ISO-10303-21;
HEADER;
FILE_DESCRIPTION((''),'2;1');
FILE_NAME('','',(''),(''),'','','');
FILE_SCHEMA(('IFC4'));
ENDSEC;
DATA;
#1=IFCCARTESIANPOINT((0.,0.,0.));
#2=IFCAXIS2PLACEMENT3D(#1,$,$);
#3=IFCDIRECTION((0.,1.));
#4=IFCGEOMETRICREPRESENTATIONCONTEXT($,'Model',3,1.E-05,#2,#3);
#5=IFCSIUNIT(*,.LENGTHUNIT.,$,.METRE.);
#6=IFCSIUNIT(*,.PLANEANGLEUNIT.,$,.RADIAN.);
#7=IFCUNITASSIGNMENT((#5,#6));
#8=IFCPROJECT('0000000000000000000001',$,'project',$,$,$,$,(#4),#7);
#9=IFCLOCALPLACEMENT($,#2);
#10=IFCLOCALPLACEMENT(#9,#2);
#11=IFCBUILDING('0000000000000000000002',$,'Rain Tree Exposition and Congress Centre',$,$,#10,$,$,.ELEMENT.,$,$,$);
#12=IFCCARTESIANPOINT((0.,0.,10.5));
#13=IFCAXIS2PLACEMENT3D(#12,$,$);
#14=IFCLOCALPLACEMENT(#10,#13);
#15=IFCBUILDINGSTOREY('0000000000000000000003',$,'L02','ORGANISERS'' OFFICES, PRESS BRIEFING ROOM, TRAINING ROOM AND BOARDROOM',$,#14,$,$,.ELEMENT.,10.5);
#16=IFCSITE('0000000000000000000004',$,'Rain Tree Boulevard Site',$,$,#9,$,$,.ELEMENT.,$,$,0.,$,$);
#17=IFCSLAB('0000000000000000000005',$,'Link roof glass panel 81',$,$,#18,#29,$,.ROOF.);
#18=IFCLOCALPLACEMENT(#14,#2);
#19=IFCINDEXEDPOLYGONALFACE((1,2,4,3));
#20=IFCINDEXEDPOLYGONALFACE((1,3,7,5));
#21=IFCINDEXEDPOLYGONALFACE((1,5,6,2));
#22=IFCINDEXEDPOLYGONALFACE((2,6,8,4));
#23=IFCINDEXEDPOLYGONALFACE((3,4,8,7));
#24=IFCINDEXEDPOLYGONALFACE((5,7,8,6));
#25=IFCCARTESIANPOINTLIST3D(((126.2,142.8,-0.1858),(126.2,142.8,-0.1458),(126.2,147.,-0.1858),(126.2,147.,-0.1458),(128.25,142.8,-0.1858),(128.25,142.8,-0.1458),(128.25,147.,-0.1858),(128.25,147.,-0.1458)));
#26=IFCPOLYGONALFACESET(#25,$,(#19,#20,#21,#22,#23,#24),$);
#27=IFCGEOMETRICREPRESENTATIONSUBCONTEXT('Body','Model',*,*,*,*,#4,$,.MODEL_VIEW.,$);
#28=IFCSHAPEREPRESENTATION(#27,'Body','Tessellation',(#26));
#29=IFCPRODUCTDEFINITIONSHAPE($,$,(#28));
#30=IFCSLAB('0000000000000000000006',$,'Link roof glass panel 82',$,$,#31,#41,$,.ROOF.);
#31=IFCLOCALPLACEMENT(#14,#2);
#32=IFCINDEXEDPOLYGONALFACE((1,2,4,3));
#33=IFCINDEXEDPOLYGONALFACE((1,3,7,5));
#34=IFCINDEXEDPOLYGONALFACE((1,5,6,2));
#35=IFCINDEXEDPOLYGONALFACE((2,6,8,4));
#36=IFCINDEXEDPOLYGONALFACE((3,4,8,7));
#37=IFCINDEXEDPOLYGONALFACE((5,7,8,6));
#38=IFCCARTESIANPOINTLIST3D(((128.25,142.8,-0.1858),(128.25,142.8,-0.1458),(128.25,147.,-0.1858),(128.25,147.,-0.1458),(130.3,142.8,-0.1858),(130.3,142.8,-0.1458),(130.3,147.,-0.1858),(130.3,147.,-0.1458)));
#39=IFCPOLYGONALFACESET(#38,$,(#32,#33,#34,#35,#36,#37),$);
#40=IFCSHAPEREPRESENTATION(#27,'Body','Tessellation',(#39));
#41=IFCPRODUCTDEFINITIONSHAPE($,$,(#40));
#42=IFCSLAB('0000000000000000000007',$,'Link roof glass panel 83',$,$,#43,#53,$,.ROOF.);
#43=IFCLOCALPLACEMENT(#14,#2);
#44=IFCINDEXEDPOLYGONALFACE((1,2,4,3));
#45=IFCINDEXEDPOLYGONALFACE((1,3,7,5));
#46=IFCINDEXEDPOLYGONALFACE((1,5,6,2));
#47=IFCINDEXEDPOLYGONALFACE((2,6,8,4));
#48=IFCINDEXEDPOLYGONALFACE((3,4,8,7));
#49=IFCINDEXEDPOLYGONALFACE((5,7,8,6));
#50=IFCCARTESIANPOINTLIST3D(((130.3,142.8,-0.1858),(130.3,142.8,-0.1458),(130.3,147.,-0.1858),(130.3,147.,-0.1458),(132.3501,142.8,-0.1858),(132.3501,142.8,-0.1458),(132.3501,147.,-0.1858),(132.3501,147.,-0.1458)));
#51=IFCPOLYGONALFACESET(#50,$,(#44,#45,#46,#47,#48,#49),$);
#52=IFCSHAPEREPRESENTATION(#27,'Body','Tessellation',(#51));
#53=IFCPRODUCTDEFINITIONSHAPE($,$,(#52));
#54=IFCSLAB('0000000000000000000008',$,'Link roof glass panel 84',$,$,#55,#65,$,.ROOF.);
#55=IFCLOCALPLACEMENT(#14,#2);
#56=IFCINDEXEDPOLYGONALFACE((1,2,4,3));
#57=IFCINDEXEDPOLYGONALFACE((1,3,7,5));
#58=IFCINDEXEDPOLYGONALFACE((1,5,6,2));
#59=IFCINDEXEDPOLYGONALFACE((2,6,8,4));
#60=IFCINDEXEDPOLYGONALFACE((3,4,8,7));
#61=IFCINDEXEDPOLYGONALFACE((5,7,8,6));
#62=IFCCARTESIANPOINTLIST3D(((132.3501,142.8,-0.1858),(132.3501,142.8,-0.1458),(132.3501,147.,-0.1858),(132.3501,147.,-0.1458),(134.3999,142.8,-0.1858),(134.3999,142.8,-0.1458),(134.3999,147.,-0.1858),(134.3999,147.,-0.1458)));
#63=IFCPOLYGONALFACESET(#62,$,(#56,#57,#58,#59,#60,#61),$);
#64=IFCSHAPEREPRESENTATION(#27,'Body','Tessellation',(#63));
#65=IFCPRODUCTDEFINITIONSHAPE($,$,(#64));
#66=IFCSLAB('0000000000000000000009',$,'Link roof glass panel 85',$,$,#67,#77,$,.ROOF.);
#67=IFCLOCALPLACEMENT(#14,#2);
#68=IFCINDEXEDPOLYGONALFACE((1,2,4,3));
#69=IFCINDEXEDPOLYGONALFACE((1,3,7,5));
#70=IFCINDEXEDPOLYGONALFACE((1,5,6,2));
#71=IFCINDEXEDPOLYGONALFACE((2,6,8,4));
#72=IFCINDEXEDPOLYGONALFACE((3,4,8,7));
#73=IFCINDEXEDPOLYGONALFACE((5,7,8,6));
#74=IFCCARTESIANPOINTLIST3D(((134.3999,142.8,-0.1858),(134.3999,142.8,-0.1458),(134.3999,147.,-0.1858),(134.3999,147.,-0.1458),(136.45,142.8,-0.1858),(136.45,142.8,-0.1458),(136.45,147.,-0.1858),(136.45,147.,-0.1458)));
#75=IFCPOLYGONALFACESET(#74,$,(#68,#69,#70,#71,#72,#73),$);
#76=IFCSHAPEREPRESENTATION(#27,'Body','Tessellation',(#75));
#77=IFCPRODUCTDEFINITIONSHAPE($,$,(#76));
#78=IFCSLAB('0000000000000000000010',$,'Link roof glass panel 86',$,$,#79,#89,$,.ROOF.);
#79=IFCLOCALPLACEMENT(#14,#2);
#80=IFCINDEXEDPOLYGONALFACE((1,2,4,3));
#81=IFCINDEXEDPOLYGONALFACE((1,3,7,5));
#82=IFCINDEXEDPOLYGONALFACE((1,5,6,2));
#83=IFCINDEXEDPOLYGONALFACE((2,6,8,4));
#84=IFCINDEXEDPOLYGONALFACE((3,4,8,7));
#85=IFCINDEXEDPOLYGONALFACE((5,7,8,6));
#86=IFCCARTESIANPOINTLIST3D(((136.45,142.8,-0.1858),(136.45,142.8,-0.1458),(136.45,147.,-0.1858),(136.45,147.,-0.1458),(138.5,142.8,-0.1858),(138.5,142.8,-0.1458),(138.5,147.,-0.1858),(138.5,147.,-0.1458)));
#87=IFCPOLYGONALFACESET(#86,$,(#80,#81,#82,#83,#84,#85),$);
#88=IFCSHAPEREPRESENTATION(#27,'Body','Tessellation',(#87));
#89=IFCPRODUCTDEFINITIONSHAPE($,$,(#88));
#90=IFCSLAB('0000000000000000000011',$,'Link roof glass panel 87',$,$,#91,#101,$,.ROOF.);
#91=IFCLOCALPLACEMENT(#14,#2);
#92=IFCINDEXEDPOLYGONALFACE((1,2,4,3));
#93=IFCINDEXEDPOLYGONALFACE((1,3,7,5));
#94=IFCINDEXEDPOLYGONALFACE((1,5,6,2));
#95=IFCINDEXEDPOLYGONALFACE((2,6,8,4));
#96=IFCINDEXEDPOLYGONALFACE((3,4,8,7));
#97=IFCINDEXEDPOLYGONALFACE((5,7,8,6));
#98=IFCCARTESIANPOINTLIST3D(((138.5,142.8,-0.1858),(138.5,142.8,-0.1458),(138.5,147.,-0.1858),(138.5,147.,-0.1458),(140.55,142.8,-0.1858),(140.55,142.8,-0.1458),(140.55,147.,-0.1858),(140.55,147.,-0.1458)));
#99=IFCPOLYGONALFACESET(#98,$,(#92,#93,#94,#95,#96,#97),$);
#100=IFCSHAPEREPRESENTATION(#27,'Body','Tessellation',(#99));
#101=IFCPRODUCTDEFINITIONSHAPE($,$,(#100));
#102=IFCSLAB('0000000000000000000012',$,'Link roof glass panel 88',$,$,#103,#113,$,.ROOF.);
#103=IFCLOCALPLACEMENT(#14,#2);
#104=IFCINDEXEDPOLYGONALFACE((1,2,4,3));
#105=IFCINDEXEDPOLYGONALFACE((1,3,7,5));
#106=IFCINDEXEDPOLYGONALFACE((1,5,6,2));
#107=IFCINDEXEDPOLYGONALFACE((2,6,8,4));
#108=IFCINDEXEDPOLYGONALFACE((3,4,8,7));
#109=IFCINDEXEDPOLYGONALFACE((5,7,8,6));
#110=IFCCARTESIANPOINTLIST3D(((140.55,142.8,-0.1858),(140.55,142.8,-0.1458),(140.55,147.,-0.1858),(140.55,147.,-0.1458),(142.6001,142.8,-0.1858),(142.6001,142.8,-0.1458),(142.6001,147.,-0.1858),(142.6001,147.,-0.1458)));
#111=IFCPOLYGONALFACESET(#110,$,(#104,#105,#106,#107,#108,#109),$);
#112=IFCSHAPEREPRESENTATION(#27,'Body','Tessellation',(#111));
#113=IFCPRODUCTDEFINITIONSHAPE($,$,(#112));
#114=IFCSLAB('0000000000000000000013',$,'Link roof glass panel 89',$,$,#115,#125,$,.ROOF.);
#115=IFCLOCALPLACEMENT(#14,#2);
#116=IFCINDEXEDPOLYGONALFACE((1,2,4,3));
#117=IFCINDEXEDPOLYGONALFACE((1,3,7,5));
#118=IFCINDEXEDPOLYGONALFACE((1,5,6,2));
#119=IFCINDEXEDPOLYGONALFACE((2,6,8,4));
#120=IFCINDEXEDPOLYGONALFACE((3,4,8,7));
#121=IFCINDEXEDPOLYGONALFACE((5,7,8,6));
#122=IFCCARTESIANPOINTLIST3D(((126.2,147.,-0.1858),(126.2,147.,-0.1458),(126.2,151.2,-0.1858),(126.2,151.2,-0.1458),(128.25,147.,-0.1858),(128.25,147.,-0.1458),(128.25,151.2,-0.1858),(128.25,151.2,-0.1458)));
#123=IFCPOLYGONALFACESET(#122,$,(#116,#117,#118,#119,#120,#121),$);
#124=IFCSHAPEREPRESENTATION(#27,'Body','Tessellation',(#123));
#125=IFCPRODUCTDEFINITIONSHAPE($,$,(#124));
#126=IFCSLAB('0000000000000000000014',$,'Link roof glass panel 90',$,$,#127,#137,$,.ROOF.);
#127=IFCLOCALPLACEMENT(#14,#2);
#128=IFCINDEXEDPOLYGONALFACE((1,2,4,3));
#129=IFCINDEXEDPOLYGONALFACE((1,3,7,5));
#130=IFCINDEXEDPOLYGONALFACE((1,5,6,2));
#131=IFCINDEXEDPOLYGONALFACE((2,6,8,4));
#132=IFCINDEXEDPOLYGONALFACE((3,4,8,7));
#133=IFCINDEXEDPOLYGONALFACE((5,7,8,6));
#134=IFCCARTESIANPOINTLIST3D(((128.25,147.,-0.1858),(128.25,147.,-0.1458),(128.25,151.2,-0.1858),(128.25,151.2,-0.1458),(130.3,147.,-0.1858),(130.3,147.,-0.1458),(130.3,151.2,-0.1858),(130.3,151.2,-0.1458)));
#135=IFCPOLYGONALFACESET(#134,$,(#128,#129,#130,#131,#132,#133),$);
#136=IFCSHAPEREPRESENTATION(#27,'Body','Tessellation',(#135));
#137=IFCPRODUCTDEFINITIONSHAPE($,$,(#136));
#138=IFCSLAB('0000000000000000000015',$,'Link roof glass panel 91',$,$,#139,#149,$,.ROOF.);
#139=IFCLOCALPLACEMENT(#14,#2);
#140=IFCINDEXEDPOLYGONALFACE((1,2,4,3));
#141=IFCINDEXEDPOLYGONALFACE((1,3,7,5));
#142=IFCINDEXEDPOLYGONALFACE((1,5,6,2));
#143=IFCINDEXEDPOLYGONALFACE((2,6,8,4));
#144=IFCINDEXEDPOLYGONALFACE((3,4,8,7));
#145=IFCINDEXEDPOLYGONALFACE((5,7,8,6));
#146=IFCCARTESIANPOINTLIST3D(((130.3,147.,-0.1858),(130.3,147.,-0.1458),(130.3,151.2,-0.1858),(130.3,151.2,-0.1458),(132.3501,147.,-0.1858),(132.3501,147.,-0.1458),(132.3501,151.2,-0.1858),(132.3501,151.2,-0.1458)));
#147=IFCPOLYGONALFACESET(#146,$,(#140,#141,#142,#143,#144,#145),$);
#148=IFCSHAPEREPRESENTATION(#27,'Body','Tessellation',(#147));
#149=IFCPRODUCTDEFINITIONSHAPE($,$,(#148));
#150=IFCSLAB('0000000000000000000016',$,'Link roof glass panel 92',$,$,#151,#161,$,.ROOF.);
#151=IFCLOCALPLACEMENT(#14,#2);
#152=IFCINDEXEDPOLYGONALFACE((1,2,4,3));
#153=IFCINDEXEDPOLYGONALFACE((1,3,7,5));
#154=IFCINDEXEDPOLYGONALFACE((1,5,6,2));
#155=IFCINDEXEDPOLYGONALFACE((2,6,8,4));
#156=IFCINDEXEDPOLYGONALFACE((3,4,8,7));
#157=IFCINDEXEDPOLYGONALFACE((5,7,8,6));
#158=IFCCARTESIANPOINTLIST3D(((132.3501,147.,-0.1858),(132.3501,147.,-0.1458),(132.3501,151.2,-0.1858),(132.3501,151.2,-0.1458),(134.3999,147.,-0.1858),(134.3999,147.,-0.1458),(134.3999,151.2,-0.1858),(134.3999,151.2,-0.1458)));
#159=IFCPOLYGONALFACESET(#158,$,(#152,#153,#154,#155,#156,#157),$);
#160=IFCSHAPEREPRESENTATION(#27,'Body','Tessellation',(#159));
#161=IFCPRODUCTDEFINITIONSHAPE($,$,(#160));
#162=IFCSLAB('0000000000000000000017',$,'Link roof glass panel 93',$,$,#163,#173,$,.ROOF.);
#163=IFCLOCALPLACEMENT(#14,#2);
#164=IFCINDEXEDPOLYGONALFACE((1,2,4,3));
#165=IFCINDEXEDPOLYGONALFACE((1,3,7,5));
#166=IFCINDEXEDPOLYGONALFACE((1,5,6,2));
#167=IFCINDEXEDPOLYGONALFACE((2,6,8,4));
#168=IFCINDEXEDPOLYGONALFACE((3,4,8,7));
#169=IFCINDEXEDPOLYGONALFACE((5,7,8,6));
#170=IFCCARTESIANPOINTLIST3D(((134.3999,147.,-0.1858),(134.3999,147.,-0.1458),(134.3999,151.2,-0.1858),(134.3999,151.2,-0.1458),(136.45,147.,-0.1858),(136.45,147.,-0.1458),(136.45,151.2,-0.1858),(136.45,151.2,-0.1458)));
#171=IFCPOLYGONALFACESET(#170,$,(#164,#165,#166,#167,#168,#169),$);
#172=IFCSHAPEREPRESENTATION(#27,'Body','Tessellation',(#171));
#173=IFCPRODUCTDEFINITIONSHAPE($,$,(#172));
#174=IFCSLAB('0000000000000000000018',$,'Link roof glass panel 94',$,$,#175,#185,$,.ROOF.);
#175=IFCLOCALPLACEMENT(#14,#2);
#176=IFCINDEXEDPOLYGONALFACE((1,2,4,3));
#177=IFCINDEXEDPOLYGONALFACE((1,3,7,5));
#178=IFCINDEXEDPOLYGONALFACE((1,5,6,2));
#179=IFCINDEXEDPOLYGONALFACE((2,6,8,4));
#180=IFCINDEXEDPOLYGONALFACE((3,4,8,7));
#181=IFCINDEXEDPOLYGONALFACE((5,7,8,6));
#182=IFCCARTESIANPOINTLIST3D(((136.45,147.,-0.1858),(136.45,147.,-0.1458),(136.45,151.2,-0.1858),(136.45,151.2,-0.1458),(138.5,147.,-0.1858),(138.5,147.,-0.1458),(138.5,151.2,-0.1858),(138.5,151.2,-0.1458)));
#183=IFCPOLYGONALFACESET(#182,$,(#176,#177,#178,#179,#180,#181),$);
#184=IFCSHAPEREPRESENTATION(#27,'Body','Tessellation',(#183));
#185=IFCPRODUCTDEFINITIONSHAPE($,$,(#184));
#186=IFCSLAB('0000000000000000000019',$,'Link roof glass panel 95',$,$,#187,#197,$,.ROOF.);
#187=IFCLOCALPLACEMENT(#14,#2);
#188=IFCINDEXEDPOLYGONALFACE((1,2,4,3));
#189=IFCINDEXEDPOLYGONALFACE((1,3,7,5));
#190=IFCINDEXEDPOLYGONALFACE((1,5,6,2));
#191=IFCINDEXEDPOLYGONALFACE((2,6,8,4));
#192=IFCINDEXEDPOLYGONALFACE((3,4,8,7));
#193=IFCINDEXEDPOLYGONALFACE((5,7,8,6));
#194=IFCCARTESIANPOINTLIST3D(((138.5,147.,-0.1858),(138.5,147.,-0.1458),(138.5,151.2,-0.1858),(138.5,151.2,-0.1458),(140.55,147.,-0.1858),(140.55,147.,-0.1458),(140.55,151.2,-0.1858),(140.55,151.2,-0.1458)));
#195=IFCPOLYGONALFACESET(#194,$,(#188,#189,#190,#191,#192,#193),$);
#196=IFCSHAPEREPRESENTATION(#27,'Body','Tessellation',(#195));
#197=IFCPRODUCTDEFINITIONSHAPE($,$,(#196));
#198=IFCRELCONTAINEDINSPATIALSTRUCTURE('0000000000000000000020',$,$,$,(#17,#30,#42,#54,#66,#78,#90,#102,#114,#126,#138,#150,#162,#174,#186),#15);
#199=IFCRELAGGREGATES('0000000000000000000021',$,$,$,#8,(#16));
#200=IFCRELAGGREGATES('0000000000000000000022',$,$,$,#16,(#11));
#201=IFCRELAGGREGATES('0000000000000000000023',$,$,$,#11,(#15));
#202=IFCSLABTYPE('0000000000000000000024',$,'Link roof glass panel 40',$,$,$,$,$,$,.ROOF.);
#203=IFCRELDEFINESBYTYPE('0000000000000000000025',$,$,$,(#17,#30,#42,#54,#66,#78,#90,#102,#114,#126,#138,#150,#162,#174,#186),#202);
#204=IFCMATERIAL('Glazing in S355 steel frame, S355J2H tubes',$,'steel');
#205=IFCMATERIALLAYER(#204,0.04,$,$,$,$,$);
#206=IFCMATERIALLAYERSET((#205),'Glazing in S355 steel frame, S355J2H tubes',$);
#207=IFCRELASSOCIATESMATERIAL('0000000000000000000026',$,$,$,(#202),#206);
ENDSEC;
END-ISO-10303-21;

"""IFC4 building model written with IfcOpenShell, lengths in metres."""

from ifc_helpers import new_model, si_unit, direction, frame, origin, place, context, subcontext, project, spatial, polyline, outline, extrude, material, layer, layer_set, type_object, element, save


model = new_model("IFC4")

# Units and contexts
model_context = context("Model", 3, precision=1e-05, world=origin(), true_north=direction((0.0, 1.0)))
body_context = subcontext(model_context, "Body", "Model", "MODEL_VIEW")
ifc_project = project(units=[si_unit("LENGTHUNIT", "METRE"), si_unit("PLANEANGLEUNIT", "RADIAN")], contexts=[model_context])

# Site, building, storey
site_placement = place(None, origin())
site = spatial("IfcSite", under=ifc_project, at=site_placement, Name="Rain Tree Boulevard Site", CompositionType="ELEMENT", RefElevation=0.0)
building_placement = place(site_placement, origin())
building = spatial("IfcBuilding", under=site, at=building_placement, Name="Rain Tree Exposition and Congress Centre", CompositionType="ELEMENT")
storey_placement = place(building_placement, frame((0.0, 0.0, 10.5)))
storey = spatial("IfcBuildingStorey", under=building, at=storey_placement, Name="L02", Description="ORGANISERS' OFFICES, PRESS BRIEFING ROOM, TRAINING ROOM AND BOARDROOM", CompositionType="ELEMENT", Elevation=10.5)

# Slabs
ifc_material = material(Name="Glazing in S355 steel frame, S355J2H tubes", Category="steel")
ifc_layer = layer(ifc_material, 0.04)
ifc_layer_set = layer_set([ifc_layer], Name="Glazing in S355 steel frame, S355J2H tubes")
slab_type = type_object("IfcSlabType", Name="Link roof glass panel 40", PredefinedType="ROOF", material=ifc_layer_set)
slab_1_placement = place(storey_placement, frame((0.0, 0.0, -0.1858)))
element("IfcSlab", 1, at=slab_1_placement, inside=storey, type_object=slab_type, Name="Link roof glass panel 81", PredefinedType="ROOF", context=body_context, shape_type="SweptSolid", body=[
    extrude(outline(polyline([(126.2, 142.8), (128.25, 142.8), (128.25, 147.0), (126.2, 147.0), (126.2, 142.8)])), origin(), (0.0, 0.0, 1.0), 0.04),
])
slab_2_placement = place(storey_placement, frame((0.0, 0.0, -0.1858)))
element("IfcSlab", 2, at=slab_2_placement, inside=storey, type_object=slab_type, Name="Link roof glass panel 82", PredefinedType="ROOF", context=body_context, shape_type="SweptSolid", body=[
    extrude(outline(polyline([(128.25, 142.8), (130.3, 142.8), (130.3, 147.0), (128.25, 147.0), (128.25, 142.8)])), origin(), (0.0, 0.0, 1.0), 0.04),
])
slab_3_placement = place(storey_placement, frame((0.0, 0.0, -0.1858)))
element("IfcSlab", 3, at=slab_3_placement, inside=storey, type_object=slab_type, Name="Link roof glass panel 83", PredefinedType="ROOF", context=body_context, shape_type="SweptSolid", body=[
    extrude(outline(polyline([(130.3, 142.8), (132.3501, 142.8), (132.3501, 147.0), (130.3, 147.0), (130.3, 142.8)])), origin(), (0.0, 0.0, 1.0), 0.04),
])
slab_4_placement = place(storey_placement, frame((0.0, 0.0, -0.1858)))
element("IfcSlab", 4, at=slab_4_placement, inside=storey, type_object=slab_type, Name="Link roof glass panel 84", PredefinedType="ROOF", context=body_context, shape_type="SweptSolid", body=[
    extrude(outline(polyline([(132.3501, 142.8), (134.3999, 142.8), (134.3999, 147.0), (132.3501, 147.0), (132.3501, 142.8)])), origin(), (0.0, 0.0, 1.0), 0.04),
])
slab_5_placement = place(storey_placement, frame((0.0, 0.0, -0.1858)))
element("IfcSlab", 5, at=slab_5_placement, inside=storey, type_object=slab_type, Name="Link roof glass panel 85", PredefinedType="ROOF", context=body_context, shape_type="SweptSolid", body=[
    extrude(outline(polyline([(134.3999, 142.8), (136.45, 142.8), (136.45, 147.0), (134.3999, 147.0), (134.3999, 142.8)])), origin(), (0.0, 0.0, 1.0), 0.04),
])
slab_6_placement = place(storey_placement, frame((0.0, 0.0, -0.1858)))
element("IfcSlab", 6, at=slab_6_placement, inside=storey, type_object=slab_type, Name="Link roof glass panel 86", PredefinedType="ROOF", context=body_context, shape_type="SweptSolid", body=[
    extrude(outline(polyline([(136.45, 142.8), (138.5, 142.8), (138.5, 147.0), (136.45, 147.0), (136.45, 142.8)])), origin(), (0.0, 0.0, 1.0), 0.04),
])
slab_7_placement = place(storey_placement, frame((0.0, 0.0, -0.1858)))
element("IfcSlab", 7, at=slab_7_placement, inside=storey, type_object=slab_type, Name="Link roof glass panel 87", PredefinedType="ROOF", context=body_context, shape_type="SweptSolid", body=[
    extrude(outline(polyline([(138.5, 142.8), (140.55, 142.8), (140.55, 147.0), (138.5, 147.0), (138.5, 142.8)])), origin(), (0.0, 0.0, 1.0), 0.04),
])
slab_8_placement = place(storey_placement, frame((0.0, 0.0, -0.1858)))
element("IfcSlab", 8, at=slab_8_placement, inside=storey, type_object=slab_type, Name="Link roof glass panel 88", PredefinedType="ROOF", context=body_context, shape_type="SweptSolid", body=[
    extrude(outline(polyline([(140.55, 142.8), (142.6001, 142.8), (142.6001, 147.0), (140.55, 147.0), (140.55, 142.8)])), origin(), (0.0, 0.0, 1.0), 0.04),
])
slab_9_placement = place(storey_placement, frame((0.0, 0.0, -0.1858)))
element("IfcSlab", 9, at=slab_9_placement, inside=storey, type_object=slab_type, Name="Link roof glass panel 89", PredefinedType="ROOF", context=body_context, shape_type="SweptSolid", body=[
    extrude(outline(polyline([(126.2, 147.0), (128.25, 147.0), (128.25, 151.2), (126.2, 151.2), (126.2, 147.0)])), origin(), (0.0, 0.0, 1.0), 0.04),
])
slab_10_placement = place(storey_placement, frame((0.0, 0.0, -0.1858)))
element("IfcSlab", 10, at=slab_10_placement, inside=storey, type_object=slab_type, Name="Link roof glass panel 90", PredefinedType="ROOF", context=body_context, shape_type="SweptSolid", body=[
    extrude(outline(polyline([(128.25, 147.0), (130.3, 147.0), (130.3, 151.2), (128.25, 151.2), (128.25, 147.0)])), origin(), (0.0, 0.0, 1.0), 0.04),
])
slab_11_placement = place(storey_placement, frame((0.0, 0.0, -0.1858)))
element("IfcSlab", 11, at=slab_11_placement, inside=storey, type_object=slab_type, Name="Link roof glass panel 91", PredefinedType="ROOF", context=body_context, shape_type="SweptSolid", body=[
    extrude(outline(polyline([(130.3, 147.0), (132.3501, 147.0), (132.3501, 151.2), (130.3, 151.2), (130.3, 147.0)])), origin(), (0.0, 0.0, 1.0), 0.04),
])
slab_12_placement = place(storey_placement, frame((0.0, 0.0, -0.1858)))
element("IfcSlab", 12, at=slab_12_placement, inside=storey, type_object=slab_type, Name="Link roof glass panel 92", PredefinedType="ROOF", context=body_context, shape_type="SweptSolid", body=[
    extrude(outline(polyline([(132.3501, 147.0), (134.3999, 147.0), (134.3999, 151.2), (132.3501, 151.2), (132.3501, 147.0)])), origin(), (0.0, 0.0, 1.0), 0.04),
])
slab_13_placement = place(storey_placement, frame((0.0, 0.0, -0.1858)))
element("IfcSlab", 13, at=slab_13_placement, inside=storey, type_object=slab_type, Name="Link roof glass panel 93", PredefinedType="ROOF", context=body_context, shape_type="SweptSolid", body=[
    extrude(outline(polyline([(134.3999, 147.0), (136.45, 147.0), (136.45, 151.2), (134.3999, 151.2), (134.3999, 147.0)])), origin(), (0.0, 0.0, 1.0), 0.04),
])
slab_14_placement = place(storey_placement, frame((0.0, 0.0, -0.1858)))
element("IfcSlab", 14, at=slab_14_placement, inside=storey, type_object=slab_type, Name="Link roof glass panel 94", PredefinedType="ROOF", context=body_context, shape_type="SweptSolid", body=[
    extrude(outline(polyline([(136.45, 147.0), (138.5, 147.0), (138.5, 151.2), (136.45, 151.2), (136.45, 147.0)])), origin(), (0.0, 0.0, 1.0), 0.04),
])
slab_15_placement = place(storey_placement, frame((0.0, 0.0, -0.1858)))
element("IfcSlab", 15, at=slab_15_placement, inside=storey, type_object=slab_type, Name="Link roof glass panel 95", PredefinedType="ROOF", context=body_context, shape_type="SweptSolid", body=[
    extrude(outline(polyline([(138.5, 147.0), (140.55, 147.0), (140.55, 151.2), (138.5, 151.2), (138.5, 147.0)])), origin(), (0.0, 0.0, 1.0), 0.04),
])

save(model, "model.ifc")
